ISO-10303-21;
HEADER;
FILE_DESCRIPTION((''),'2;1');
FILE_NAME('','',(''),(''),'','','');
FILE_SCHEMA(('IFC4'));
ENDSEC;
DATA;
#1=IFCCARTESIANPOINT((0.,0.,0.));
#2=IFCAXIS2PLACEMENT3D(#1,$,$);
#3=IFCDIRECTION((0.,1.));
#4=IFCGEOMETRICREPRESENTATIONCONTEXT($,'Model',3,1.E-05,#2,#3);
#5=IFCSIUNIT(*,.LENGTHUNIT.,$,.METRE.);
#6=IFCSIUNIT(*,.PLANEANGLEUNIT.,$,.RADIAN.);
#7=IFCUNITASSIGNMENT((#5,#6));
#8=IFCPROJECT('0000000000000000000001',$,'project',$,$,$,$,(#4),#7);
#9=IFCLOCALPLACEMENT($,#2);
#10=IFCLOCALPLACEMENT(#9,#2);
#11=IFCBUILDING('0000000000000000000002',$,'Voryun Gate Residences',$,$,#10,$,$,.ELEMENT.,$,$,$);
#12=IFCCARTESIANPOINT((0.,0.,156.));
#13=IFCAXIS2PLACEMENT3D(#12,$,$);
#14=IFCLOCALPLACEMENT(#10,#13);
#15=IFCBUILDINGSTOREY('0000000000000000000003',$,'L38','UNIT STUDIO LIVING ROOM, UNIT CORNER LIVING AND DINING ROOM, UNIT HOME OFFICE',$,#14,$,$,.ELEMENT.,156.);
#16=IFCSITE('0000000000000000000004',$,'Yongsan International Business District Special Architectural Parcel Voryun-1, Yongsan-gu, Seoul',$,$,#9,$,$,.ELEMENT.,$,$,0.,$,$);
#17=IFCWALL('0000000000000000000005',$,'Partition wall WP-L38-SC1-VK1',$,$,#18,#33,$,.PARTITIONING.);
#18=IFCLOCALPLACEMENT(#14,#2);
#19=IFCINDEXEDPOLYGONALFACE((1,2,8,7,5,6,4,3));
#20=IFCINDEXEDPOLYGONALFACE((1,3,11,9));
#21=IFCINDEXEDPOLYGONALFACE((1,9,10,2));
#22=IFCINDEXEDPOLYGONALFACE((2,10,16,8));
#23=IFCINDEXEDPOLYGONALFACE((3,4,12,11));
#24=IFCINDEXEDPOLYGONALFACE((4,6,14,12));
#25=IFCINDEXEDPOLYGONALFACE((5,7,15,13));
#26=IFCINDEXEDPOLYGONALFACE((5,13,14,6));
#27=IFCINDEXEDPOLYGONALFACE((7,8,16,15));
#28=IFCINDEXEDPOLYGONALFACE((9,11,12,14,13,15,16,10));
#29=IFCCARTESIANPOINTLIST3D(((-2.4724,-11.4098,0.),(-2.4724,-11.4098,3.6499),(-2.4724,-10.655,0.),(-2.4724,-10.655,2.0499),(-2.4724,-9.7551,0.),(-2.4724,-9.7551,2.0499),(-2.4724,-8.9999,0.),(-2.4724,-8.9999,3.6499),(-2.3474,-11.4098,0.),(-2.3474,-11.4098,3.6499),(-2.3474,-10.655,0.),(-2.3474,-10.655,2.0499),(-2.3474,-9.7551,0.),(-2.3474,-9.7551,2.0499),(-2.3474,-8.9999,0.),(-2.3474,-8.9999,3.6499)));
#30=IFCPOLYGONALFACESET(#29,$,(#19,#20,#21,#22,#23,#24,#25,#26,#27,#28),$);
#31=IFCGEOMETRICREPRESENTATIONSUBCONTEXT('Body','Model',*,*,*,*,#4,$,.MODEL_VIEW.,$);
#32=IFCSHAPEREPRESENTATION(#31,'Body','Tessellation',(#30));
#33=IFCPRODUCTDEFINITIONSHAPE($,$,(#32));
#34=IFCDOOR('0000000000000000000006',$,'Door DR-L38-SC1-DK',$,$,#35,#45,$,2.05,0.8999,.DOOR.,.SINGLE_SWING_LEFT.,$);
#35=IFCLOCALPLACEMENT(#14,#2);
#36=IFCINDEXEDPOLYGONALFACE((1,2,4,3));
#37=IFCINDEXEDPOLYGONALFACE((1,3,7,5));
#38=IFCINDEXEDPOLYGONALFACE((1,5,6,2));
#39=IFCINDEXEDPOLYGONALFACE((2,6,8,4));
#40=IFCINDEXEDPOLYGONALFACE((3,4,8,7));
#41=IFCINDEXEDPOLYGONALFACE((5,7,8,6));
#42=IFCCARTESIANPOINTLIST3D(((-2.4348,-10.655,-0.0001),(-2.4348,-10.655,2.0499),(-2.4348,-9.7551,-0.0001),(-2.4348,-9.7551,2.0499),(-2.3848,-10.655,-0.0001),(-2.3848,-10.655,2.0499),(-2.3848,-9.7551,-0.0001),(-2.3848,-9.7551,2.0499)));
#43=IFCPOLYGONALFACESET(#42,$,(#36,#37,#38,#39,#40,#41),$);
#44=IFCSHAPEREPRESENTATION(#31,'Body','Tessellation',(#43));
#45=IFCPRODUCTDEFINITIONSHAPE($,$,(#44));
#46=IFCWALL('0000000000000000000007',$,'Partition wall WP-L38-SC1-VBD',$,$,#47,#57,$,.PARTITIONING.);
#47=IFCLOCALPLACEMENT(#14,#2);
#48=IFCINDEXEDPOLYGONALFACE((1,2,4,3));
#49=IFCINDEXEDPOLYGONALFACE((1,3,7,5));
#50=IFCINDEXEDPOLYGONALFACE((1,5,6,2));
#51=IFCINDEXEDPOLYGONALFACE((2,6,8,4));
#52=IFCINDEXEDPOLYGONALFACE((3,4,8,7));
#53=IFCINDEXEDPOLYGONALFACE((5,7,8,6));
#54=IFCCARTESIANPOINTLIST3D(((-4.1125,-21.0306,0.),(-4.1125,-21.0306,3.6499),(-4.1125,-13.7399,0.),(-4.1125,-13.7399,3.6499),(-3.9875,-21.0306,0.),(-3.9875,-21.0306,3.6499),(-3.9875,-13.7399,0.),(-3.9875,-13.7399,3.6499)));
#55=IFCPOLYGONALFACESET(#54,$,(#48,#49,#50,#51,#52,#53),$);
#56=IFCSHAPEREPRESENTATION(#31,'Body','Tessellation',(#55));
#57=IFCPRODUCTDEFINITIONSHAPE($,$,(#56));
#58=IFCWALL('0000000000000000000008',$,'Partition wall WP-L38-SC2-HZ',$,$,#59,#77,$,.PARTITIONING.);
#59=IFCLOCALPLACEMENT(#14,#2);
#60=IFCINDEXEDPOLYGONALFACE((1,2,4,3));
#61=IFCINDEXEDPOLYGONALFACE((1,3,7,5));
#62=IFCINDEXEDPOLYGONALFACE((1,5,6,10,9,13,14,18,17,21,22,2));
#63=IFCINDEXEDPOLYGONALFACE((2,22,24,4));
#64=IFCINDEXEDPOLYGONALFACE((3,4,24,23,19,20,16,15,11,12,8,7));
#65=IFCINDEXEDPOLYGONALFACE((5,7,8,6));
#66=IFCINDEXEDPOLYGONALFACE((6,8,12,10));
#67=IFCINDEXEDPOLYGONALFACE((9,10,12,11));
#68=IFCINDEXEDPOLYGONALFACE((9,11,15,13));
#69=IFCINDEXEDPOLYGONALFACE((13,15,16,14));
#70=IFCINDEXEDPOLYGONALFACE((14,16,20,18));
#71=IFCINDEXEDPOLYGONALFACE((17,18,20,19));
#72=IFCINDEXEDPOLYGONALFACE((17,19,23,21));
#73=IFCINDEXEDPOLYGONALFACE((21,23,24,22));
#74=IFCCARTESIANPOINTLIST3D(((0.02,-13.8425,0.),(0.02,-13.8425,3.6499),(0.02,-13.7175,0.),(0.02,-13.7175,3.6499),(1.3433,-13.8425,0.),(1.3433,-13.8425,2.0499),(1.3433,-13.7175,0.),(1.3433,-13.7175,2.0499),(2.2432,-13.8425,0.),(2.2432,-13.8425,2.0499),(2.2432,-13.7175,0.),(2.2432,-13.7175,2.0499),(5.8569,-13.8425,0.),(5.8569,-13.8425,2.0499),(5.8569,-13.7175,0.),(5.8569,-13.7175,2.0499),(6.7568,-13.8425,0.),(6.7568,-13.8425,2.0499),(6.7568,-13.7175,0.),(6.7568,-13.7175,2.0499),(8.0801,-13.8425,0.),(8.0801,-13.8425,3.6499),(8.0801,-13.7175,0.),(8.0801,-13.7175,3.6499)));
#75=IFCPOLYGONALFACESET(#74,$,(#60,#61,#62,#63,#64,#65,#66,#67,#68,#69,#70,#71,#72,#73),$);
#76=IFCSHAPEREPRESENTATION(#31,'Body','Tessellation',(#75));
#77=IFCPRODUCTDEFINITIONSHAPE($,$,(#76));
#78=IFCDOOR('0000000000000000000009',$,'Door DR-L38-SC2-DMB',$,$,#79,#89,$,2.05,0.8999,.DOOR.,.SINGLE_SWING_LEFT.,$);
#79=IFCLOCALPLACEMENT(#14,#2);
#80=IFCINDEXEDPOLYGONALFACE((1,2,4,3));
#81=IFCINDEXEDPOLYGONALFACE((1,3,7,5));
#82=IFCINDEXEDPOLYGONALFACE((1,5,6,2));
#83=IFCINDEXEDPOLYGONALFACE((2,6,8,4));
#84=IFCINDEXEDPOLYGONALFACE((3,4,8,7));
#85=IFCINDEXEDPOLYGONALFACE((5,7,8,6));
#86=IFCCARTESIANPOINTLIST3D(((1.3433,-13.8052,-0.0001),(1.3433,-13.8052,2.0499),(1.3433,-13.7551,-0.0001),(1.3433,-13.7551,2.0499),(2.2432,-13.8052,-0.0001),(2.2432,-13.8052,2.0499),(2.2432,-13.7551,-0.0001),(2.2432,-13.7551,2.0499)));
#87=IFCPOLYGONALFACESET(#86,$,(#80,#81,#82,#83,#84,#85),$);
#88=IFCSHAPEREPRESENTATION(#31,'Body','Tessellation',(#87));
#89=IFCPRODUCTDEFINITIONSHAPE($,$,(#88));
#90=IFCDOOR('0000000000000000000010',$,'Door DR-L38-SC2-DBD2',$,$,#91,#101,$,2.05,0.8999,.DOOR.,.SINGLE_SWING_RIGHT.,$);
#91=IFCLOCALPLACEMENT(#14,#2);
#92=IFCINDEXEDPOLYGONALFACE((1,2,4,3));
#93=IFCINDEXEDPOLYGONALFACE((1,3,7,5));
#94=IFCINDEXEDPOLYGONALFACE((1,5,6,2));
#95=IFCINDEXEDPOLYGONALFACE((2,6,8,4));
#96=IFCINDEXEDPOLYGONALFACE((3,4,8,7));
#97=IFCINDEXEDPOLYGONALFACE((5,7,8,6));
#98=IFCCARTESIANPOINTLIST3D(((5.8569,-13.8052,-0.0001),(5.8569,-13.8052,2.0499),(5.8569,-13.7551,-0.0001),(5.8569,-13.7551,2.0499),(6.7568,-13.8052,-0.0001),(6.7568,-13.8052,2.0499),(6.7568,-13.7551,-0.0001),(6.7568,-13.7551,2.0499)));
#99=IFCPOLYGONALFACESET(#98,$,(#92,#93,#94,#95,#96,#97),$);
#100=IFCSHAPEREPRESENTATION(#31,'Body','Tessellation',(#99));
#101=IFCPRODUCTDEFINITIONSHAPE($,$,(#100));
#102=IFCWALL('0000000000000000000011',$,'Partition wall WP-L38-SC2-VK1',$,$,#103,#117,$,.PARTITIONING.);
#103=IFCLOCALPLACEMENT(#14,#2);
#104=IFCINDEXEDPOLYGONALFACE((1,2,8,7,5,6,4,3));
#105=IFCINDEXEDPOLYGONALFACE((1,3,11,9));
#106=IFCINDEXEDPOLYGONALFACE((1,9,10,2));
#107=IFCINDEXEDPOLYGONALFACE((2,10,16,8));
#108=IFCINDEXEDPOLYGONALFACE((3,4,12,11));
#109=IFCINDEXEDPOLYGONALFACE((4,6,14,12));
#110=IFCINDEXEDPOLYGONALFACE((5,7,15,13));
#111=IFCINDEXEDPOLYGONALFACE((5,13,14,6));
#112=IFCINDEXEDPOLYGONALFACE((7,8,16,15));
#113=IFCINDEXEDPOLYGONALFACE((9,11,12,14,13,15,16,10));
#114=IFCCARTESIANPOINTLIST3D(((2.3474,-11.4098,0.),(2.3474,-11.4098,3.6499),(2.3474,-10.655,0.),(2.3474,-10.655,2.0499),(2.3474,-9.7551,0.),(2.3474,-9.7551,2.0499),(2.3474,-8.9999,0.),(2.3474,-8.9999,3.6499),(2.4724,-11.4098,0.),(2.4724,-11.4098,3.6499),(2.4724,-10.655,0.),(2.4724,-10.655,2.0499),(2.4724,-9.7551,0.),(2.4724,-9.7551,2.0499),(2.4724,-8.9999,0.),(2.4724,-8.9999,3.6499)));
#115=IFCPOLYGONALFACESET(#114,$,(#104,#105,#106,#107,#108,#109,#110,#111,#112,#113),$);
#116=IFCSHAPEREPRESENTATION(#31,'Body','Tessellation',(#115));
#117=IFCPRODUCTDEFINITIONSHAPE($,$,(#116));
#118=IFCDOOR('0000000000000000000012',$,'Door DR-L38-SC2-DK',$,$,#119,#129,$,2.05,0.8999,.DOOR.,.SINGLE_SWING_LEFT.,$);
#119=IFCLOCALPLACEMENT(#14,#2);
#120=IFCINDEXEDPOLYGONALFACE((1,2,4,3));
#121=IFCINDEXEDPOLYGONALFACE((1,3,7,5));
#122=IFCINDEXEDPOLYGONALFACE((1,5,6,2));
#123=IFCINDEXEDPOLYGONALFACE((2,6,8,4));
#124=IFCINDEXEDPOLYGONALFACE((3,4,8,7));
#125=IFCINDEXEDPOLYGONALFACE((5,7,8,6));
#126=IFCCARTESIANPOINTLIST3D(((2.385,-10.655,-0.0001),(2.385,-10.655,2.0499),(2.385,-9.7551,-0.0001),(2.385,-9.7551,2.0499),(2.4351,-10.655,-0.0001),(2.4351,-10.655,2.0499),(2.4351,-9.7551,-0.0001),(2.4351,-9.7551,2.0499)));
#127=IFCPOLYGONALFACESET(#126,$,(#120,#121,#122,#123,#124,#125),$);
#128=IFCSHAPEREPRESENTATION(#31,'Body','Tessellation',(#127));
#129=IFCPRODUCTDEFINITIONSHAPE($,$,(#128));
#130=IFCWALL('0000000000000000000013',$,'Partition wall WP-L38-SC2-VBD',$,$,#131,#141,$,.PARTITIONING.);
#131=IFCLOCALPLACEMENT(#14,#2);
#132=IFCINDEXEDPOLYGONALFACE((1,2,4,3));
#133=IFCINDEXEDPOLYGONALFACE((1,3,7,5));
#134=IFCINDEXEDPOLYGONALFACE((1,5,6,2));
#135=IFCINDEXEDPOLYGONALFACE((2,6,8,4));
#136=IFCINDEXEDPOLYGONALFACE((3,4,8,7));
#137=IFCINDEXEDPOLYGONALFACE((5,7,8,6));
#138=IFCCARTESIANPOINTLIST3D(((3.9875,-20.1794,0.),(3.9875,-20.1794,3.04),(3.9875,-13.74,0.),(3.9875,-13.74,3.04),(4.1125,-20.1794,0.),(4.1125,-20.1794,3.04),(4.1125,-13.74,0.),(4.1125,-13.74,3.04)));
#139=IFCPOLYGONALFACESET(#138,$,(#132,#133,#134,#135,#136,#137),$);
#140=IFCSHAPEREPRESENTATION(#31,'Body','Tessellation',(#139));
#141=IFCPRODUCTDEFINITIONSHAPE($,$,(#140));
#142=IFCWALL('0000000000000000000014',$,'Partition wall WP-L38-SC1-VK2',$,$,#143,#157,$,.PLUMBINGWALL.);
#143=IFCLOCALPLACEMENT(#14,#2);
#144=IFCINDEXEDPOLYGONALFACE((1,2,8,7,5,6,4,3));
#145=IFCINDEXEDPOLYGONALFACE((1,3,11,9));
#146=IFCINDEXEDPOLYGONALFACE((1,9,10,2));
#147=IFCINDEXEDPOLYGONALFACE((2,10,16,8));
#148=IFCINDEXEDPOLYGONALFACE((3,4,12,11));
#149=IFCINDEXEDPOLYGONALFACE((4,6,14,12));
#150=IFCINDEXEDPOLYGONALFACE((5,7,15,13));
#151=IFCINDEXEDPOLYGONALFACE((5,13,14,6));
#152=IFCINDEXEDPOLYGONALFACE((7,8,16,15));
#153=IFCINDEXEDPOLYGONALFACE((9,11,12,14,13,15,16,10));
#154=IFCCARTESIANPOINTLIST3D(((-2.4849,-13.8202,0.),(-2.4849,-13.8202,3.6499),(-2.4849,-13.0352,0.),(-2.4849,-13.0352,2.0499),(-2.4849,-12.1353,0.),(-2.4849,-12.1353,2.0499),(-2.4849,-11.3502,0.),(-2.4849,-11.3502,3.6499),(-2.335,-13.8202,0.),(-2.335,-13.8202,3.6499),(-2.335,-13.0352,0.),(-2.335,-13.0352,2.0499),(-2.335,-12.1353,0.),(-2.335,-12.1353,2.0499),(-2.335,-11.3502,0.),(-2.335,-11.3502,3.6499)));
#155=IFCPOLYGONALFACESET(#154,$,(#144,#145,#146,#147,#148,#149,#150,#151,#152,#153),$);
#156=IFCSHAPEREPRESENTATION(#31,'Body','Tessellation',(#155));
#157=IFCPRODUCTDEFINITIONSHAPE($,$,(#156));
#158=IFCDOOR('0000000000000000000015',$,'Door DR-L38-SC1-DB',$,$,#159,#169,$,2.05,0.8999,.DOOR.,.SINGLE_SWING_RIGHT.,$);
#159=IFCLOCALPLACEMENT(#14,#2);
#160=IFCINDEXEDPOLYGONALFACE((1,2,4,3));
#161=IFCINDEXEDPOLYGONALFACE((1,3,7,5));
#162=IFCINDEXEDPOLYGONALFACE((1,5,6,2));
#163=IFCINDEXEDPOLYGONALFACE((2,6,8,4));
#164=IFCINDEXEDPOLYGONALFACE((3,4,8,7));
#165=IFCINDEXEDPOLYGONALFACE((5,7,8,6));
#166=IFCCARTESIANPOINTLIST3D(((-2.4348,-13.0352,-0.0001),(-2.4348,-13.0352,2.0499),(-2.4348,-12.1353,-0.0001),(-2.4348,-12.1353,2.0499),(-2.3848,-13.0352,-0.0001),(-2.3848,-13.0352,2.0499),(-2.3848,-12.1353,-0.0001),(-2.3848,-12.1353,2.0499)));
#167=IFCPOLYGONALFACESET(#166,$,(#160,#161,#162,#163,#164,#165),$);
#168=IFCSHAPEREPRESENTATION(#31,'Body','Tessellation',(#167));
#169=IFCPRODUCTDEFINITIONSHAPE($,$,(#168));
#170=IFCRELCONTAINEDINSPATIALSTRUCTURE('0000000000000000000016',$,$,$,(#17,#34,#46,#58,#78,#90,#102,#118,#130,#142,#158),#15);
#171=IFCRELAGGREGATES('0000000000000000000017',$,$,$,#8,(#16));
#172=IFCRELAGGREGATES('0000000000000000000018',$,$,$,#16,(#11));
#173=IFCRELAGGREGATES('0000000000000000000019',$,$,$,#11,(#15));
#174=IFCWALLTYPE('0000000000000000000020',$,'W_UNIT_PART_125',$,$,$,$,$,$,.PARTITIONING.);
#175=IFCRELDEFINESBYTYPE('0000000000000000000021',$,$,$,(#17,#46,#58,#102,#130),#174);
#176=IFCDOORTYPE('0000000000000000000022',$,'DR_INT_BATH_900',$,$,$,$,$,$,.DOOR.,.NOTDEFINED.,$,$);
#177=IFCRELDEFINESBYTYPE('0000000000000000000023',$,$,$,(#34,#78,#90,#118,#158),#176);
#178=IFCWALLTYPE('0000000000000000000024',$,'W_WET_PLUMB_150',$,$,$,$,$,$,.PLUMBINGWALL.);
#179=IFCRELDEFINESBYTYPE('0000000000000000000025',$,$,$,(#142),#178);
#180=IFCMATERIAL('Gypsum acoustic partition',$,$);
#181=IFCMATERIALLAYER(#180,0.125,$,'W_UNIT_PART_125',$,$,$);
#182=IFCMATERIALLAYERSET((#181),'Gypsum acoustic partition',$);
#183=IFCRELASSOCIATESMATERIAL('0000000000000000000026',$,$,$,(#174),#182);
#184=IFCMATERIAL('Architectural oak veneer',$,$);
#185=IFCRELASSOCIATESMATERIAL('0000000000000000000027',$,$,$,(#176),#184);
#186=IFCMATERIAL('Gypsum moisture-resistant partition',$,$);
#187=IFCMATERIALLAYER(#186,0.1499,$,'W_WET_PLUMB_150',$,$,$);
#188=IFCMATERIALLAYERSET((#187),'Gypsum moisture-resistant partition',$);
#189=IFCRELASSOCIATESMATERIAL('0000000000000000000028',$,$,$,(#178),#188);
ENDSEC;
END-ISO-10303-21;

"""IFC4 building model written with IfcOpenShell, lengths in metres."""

from ifc_helpers import new_model, si_unit, direction, frame, frame_2d, origin, place, context, subcontext, project, spatial, rectangle, extrude, material, layer, layer_set, type_object, element, fill, save


model = new_model("IFC4")

# Units and contexts
model_context = context("Model", 3, precision=1e-05, world=origin(), true_north=direction((0.0, 1.0)))
body_context = subcontext(model_context, "Body", "Model", "MODEL_VIEW")
ifc_project = project(units=[si_unit("LENGTHUNIT", "METRE"), si_unit("PLANEANGLEUNIT", "RADIAN")], contexts=[model_context])

# Site, building, storey
site_placement = place(None, origin())
site = spatial("IfcSite", under=ifc_project, at=site_placement, Name="Yongsan International Business District Special Architectural Parcel Voryun-1, Yongsan-gu, Seoul", CompositionType="ELEMENT", RefElevation=0.0)
building_placement = place(site_placement, origin())
building = spatial("IfcBuilding", under=site, at=building_placement, Name="Voryun Gate Residences", CompositionType="ELEMENT")
storey_placement = place(building_placement, frame((0.0, 0.0, 156.0)))
storey = spatial("IfcBuildingStorey", under=building, at=storey_placement, Name="L38", Description="UNIT STUDIO LIVING ROOM, UNIT CORNER LIVING AND DINING ROOM, UNIT HOME OFFICE", CompositionType="ELEMENT", Elevation=156.0)

# Wall, opening, door
ifc_material_1 = material(Name="Gypsum acoustic partition")
ifc_layer_1 = layer(ifc_material_1, 0.125, Name="W_UNIT_PART_125")
ifc_layer_set_1 = layer_set([ifc_layer_1], Name="Gypsum acoustic partition")
wall_type_1 = type_object("IfcWallType", Name="W_UNIT_PART_125", PredefinedType="PARTITIONING", material=ifc_layer_set_1)
wall_1_placement = place(storey_placement, frame((-2.4099, -11.4099, 0.0), z_axis=(0.0, 0.0, 1.0), x_axis=(0.0, 1.0, 0.0)))
wall_1 = element("IfcWall", 1, at=wall_1_placement, inside=storey, type_object=wall_type_1, Name="Partition wall WP-L38-SC1-VK1", PredefinedType="PARTITIONING", context=body_context, shape_type="SweptSolid", body=[
    extrude(rectangle(XDim=2.4099, YDim=0.125, at=frame_2d((1.2051, 0.0))), origin(), (0.0, 0.0, 1.0), 3.6499),
])
opening_1_placement = place(wall_1_placement, frame((0.7549, 0.0, 0.0)))
opening_1 = element("IfcOpeningElement", 2, at=opening_1_placement, cuts=wall_1, PredefinedType="OPENING", context=body_context, shape_type="SweptSolid", body=[
    extrude(rectangle(XDim=0.8999, YDim=2.05, at=frame_2d((0.45, 1.0249))), frame((0.0, 0.0725, 0.0), z_axis=(0.0, -1.0, 0.0), x_axis=(1.0, 0.0, 0.0)), (0.0, 0.0, 1.0), 0.145),
])
ifc_material_2 = material(Name="Architectural oak veneer")
door_type_1 = type_object("IfcDoorType", Name="DR_INT_BATH_900", OperationType="NOTDEFINED", PredefinedType="DOOR", material=ifc_material_2)
door_1_placement = place(opening_1_placement, origin())
door_1 = element("IfcDoor", 3, at=door_1_placement, inside=storey, type_object=door_type_1, Name="Door DR-L38-SC1-DK", OperationType="SINGLE_SWING_LEFT", OverallHeight=2.05, OverallWidth=0.8999, PredefinedType="DOOR", context=body_context, shape_type="SweptSolid", body=[
    extrude(rectangle(XDim=0.8999, YDim=2.05, at=frame_2d((0.45, 1.0249))), frame((0.0, 0.0249, 0.0), z_axis=(0.0, -1.0, 0.0), x_axis=(1.0, 0.0, 0.0)), (0.0, 0.0, 1.0), 0.05),
])
fill(opening_1, door_1)

# Wall
wall_2_placement = place(storey_placement, frame((-4.05, -21.0308, 0.0), z_axis=(0.0, 0.0, 1.0), x_axis=(0.0, 1.0, 0.0)))
element("IfcWall", 4, at=wall_2_placement, inside=storey, type_object=wall_type_1, Name="Partition wall WP-L38-SC1-VBD", PredefinedType="PARTITIONING", context=body_context, shape_type="SweptSolid", body=[
    extrude(rectangle(XDim=7.2908, YDim=0.125, at=frame_2d((3.6455, 0.0))), origin(), (0.0, 0.0, 1.0), 3.6499),
])

# Wall, openings, doors
wall_3_placement = place(storey_placement, frame((0.02, -13.78, 0.0), z_axis=(0.0, 0.0, 1.0), x_axis=(1.0, 0.0, 0.0)))
wall_3 = element("IfcWall", 5, at=wall_3_placement, inside=storey, type_object=wall_type_1, Name="Partition wall WP-L38-SC2-HZ", PredefinedType="PARTITIONING", context=body_context, shape_type="SweptSolid", body=[
    extrude(rectangle(XDim=8.0601, YDim=0.125, at=frame_2d((4.03, 0.0))), origin(), (0.0, 0.0, 1.0), 3.6499),
])
opening_2_placement = place(wall_3_placement, frame((1.3232, 0.0, 0.0)))
opening_2 = element("IfcOpeningElement", 6, at=opening_2_placement, cuts=wall_3, PredefinedType="OPENING", context=body_context, shape_type="SweptSolid", body=[
    extrude(rectangle(XDim=0.8999, YDim=2.05, at=frame_2d((0.45, 1.0249))), frame((0.0, 0.0725, 0.0), z_axis=(0.0, -1.0, 0.0), x_axis=(1.0, 0.0, 0.0)), (0.0, 0.0, 1.0), 0.145),
])
opening_3_placement = place(wall_3_placement, frame((5.8369, 0.0, 0.0)))
opening_3 = element("IfcOpeningElement", 7, at=opening_3_placement, cuts=wall_3, PredefinedType="OPENING", context=body_context, shape_type="SweptSolid", body=[
    extrude(rectangle(XDim=0.8999, YDim=2.05, at=frame_2d((0.45, 1.0249))), frame((0.0, 0.0725, 0.0), z_axis=(0.0, -1.0, 0.0), x_axis=(1.0, 0.0, 0.0)), (0.0, 0.0, 1.0), 0.145),
])
door_2_placement = place(opening_2_placement, origin())
door_2 = element("IfcDoor", 8, at=door_2_placement, inside=storey, type_object=door_type_1, Name="Door DR-L38-SC2-DMB", OperationType="SINGLE_SWING_LEFT", OverallHeight=2.05, OverallWidth=0.8999, PredefinedType="DOOR", context=body_context, shape_type="SweptSolid", body=[
    extrude(rectangle(XDim=0.8999, YDim=2.05, at=frame_2d((0.45, 1.0249))), frame((0.0, 0.0249, 0.0), z_axis=(0.0, -1.0, 0.0), x_axis=(1.0, 0.0, 0.0)), (0.0, 0.0, 1.0), 0.05),
])
fill(opening_2, door_2)
door_3_placement = place(opening_3_placement, origin())
door_3 = element("IfcDoor", 9, at=door_3_placement, inside=storey, type_object=door_type_1, Name="Door DR-L38-SC2-DBD2", OperationType="SINGLE_SWING_RIGHT", OverallHeight=2.05, OverallWidth=0.8999, PredefinedType="DOOR", context=body_context, shape_type="SweptSolid", body=[
    extrude(rectangle(XDim=0.8999, YDim=2.05, at=frame_2d((0.45, 1.0249))), frame((0.0, 0.0249, 0.0), z_axis=(0.0, -1.0, 0.0), x_axis=(1.0, 0.0, 0.0)), (0.0, 0.0, 1.0), 0.05),
])
fill(opening_3, door_3)

# Wall, opening, door
wall_4_placement = place(storey_placement, frame((2.4099, -11.4099, 0.0), z_axis=(0.0, 0.0, 1.0), x_axis=(0.0, 1.0, 0.0)))
wall_4 = element("IfcWall", 10, at=wall_4_placement, inside=storey, type_object=wall_type_1, Name="Partition wall WP-L38-SC2-VK1", PredefinedType="PARTITIONING", context=body_context, shape_type="SweptSolid", body=[
    extrude(rectangle(XDim=2.4099, YDim=0.125, at=frame_2d((1.2051, 0.0))), origin(), (0.0, 0.0, 1.0), 3.6499),
])
opening_4_placement = place(wall_4_placement, frame((0.7549, 0.0, 0.0)))
opening_4 = element("IfcOpeningElement", 11, at=opening_4_placement, cuts=wall_4, PredefinedType="OPENING", context=body_context, shape_type="SweptSolid", body=[
    extrude(rectangle(XDim=0.8999, YDim=2.05, at=frame_2d((0.45, 1.0249))), frame((0.0, 0.0725, 0.0), z_axis=(0.0, -1.0, 0.0), x_axis=(1.0, 0.0, 0.0)), (0.0, 0.0, 1.0), 0.145),
])
door_4_placement = place(opening_4_placement, origin())
door_4 = element("IfcDoor", 12, at=door_4_placement, inside=storey, type_object=door_type_1, Name="Door DR-L38-SC2-DK", OperationType="SINGLE_SWING_LEFT", OverallHeight=2.05, OverallWidth=0.8999, PredefinedType="DOOR", context=body_context, shape_type="SweptSolid", body=[
    extrude(rectangle(XDim=0.8999, YDim=2.05, at=frame_2d((0.45, 1.0249))), frame((0.0, 0.0249, 0.0), z_axis=(0.0, -1.0, 0.0), x_axis=(1.0, 0.0, 0.0)), (0.0, 0.0, 1.0), 0.05),
])
fill(opening_4, door_4)

# Wall
wall_5_placement = place(storey_placement, frame((4.05, -20.1794, 0.0), z_axis=(0.0, 0.0, 1.0), x_axis=(0.0, 1.0, 0.0)))
element("IfcWall", 13, at=wall_5_placement, inside=storey, type_object=wall_type_1, Name="Partition wall WP-L38-SC2-VBD", PredefinedType="PARTITIONING", context=body_context, shape_type="SweptSolid", body=[
    extrude(rectangle(XDim=6.4395, YDim=0.125, at=frame_2d((3.2197, 0.0))), origin(), (0.0, 0.0, 1.0), 3.04),
])

# Wall, opening, door
ifc_material_3 = material(Name="Gypsum moisture-resistant partition")
ifc_layer_2 = layer(ifc_material_3, 0.1499, Name="W_WET_PLUMB_150")
ifc_layer_set_2 = layer_set([ifc_layer_2], Name="Gypsum moisture-resistant partition")
wall_type_2 = type_object("IfcWallType", Name="W_WET_PLUMB_150", PredefinedType="PLUMBINGWALL", material=ifc_layer_set_2)
wall_6_placement = place(storey_placement, frame((-2.4099, -13.8201, 0.0), z_axis=(0.0, 0.0, 1.0), x_axis=(0.0, 1.0, 0.0)))
wall_6 = element("IfcWall", 14, at=wall_6_placement, inside=storey, type_object=wall_type_2, Name="Partition wall WP-L38-SC1-VK2", PredefinedType="PLUMBINGWALL", context=body_context, shape_type="SweptSolid", body=[
    extrude(rectangle(XDim=2.47, YDim=0.1499, at=frame_2d((1.2349, 0.0))), origin(), (0.0, 0.0, 1.0), 3.6499),
])
opening_5_placement = place(wall_6_placement, frame((0.7849, 0.0, 0.0)))
opening_5 = element("IfcOpeningElement", 15, at=opening_5_placement, cuts=wall_6, PredefinedType="OPENING", context=body_context, shape_type="SweptSolid", body=[
    extrude(rectangle(XDim=0.8999, YDim=2.05, at=frame_2d((0.45, 1.0249))), frame((0.0, 0.085, 0.0), z_axis=(0.0, -1.0, 0.0), x_axis=(1.0, 0.0, 0.0)), (0.0, 0.0, 1.0), 0.1699),
])
door_5_placement = place(opening_5_placement, origin())
door_5 = element("IfcDoor", 16, at=door_5_placement, inside=storey, type_object=door_type_1, Name="Door DR-L38-SC1-DB", OperationType="SINGLE_SWING_RIGHT", OverallHeight=2.05, OverallWidth=0.8999, PredefinedType="DOOR", context=body_context, shape_type="SweptSolid", body=[
    extrude(rectangle(XDim=0.8999, YDim=2.05, at=frame_2d((0.45, 1.0249))), frame((0.0, 0.0249, 0.0), z_axis=(0.0, -1.0, 0.0), x_axis=(1.0, 0.0, 0.0)), (0.0, 0.0, 1.0), 0.05),
])
fill(opening_5, door_5)

save(model, "model.ifc")
